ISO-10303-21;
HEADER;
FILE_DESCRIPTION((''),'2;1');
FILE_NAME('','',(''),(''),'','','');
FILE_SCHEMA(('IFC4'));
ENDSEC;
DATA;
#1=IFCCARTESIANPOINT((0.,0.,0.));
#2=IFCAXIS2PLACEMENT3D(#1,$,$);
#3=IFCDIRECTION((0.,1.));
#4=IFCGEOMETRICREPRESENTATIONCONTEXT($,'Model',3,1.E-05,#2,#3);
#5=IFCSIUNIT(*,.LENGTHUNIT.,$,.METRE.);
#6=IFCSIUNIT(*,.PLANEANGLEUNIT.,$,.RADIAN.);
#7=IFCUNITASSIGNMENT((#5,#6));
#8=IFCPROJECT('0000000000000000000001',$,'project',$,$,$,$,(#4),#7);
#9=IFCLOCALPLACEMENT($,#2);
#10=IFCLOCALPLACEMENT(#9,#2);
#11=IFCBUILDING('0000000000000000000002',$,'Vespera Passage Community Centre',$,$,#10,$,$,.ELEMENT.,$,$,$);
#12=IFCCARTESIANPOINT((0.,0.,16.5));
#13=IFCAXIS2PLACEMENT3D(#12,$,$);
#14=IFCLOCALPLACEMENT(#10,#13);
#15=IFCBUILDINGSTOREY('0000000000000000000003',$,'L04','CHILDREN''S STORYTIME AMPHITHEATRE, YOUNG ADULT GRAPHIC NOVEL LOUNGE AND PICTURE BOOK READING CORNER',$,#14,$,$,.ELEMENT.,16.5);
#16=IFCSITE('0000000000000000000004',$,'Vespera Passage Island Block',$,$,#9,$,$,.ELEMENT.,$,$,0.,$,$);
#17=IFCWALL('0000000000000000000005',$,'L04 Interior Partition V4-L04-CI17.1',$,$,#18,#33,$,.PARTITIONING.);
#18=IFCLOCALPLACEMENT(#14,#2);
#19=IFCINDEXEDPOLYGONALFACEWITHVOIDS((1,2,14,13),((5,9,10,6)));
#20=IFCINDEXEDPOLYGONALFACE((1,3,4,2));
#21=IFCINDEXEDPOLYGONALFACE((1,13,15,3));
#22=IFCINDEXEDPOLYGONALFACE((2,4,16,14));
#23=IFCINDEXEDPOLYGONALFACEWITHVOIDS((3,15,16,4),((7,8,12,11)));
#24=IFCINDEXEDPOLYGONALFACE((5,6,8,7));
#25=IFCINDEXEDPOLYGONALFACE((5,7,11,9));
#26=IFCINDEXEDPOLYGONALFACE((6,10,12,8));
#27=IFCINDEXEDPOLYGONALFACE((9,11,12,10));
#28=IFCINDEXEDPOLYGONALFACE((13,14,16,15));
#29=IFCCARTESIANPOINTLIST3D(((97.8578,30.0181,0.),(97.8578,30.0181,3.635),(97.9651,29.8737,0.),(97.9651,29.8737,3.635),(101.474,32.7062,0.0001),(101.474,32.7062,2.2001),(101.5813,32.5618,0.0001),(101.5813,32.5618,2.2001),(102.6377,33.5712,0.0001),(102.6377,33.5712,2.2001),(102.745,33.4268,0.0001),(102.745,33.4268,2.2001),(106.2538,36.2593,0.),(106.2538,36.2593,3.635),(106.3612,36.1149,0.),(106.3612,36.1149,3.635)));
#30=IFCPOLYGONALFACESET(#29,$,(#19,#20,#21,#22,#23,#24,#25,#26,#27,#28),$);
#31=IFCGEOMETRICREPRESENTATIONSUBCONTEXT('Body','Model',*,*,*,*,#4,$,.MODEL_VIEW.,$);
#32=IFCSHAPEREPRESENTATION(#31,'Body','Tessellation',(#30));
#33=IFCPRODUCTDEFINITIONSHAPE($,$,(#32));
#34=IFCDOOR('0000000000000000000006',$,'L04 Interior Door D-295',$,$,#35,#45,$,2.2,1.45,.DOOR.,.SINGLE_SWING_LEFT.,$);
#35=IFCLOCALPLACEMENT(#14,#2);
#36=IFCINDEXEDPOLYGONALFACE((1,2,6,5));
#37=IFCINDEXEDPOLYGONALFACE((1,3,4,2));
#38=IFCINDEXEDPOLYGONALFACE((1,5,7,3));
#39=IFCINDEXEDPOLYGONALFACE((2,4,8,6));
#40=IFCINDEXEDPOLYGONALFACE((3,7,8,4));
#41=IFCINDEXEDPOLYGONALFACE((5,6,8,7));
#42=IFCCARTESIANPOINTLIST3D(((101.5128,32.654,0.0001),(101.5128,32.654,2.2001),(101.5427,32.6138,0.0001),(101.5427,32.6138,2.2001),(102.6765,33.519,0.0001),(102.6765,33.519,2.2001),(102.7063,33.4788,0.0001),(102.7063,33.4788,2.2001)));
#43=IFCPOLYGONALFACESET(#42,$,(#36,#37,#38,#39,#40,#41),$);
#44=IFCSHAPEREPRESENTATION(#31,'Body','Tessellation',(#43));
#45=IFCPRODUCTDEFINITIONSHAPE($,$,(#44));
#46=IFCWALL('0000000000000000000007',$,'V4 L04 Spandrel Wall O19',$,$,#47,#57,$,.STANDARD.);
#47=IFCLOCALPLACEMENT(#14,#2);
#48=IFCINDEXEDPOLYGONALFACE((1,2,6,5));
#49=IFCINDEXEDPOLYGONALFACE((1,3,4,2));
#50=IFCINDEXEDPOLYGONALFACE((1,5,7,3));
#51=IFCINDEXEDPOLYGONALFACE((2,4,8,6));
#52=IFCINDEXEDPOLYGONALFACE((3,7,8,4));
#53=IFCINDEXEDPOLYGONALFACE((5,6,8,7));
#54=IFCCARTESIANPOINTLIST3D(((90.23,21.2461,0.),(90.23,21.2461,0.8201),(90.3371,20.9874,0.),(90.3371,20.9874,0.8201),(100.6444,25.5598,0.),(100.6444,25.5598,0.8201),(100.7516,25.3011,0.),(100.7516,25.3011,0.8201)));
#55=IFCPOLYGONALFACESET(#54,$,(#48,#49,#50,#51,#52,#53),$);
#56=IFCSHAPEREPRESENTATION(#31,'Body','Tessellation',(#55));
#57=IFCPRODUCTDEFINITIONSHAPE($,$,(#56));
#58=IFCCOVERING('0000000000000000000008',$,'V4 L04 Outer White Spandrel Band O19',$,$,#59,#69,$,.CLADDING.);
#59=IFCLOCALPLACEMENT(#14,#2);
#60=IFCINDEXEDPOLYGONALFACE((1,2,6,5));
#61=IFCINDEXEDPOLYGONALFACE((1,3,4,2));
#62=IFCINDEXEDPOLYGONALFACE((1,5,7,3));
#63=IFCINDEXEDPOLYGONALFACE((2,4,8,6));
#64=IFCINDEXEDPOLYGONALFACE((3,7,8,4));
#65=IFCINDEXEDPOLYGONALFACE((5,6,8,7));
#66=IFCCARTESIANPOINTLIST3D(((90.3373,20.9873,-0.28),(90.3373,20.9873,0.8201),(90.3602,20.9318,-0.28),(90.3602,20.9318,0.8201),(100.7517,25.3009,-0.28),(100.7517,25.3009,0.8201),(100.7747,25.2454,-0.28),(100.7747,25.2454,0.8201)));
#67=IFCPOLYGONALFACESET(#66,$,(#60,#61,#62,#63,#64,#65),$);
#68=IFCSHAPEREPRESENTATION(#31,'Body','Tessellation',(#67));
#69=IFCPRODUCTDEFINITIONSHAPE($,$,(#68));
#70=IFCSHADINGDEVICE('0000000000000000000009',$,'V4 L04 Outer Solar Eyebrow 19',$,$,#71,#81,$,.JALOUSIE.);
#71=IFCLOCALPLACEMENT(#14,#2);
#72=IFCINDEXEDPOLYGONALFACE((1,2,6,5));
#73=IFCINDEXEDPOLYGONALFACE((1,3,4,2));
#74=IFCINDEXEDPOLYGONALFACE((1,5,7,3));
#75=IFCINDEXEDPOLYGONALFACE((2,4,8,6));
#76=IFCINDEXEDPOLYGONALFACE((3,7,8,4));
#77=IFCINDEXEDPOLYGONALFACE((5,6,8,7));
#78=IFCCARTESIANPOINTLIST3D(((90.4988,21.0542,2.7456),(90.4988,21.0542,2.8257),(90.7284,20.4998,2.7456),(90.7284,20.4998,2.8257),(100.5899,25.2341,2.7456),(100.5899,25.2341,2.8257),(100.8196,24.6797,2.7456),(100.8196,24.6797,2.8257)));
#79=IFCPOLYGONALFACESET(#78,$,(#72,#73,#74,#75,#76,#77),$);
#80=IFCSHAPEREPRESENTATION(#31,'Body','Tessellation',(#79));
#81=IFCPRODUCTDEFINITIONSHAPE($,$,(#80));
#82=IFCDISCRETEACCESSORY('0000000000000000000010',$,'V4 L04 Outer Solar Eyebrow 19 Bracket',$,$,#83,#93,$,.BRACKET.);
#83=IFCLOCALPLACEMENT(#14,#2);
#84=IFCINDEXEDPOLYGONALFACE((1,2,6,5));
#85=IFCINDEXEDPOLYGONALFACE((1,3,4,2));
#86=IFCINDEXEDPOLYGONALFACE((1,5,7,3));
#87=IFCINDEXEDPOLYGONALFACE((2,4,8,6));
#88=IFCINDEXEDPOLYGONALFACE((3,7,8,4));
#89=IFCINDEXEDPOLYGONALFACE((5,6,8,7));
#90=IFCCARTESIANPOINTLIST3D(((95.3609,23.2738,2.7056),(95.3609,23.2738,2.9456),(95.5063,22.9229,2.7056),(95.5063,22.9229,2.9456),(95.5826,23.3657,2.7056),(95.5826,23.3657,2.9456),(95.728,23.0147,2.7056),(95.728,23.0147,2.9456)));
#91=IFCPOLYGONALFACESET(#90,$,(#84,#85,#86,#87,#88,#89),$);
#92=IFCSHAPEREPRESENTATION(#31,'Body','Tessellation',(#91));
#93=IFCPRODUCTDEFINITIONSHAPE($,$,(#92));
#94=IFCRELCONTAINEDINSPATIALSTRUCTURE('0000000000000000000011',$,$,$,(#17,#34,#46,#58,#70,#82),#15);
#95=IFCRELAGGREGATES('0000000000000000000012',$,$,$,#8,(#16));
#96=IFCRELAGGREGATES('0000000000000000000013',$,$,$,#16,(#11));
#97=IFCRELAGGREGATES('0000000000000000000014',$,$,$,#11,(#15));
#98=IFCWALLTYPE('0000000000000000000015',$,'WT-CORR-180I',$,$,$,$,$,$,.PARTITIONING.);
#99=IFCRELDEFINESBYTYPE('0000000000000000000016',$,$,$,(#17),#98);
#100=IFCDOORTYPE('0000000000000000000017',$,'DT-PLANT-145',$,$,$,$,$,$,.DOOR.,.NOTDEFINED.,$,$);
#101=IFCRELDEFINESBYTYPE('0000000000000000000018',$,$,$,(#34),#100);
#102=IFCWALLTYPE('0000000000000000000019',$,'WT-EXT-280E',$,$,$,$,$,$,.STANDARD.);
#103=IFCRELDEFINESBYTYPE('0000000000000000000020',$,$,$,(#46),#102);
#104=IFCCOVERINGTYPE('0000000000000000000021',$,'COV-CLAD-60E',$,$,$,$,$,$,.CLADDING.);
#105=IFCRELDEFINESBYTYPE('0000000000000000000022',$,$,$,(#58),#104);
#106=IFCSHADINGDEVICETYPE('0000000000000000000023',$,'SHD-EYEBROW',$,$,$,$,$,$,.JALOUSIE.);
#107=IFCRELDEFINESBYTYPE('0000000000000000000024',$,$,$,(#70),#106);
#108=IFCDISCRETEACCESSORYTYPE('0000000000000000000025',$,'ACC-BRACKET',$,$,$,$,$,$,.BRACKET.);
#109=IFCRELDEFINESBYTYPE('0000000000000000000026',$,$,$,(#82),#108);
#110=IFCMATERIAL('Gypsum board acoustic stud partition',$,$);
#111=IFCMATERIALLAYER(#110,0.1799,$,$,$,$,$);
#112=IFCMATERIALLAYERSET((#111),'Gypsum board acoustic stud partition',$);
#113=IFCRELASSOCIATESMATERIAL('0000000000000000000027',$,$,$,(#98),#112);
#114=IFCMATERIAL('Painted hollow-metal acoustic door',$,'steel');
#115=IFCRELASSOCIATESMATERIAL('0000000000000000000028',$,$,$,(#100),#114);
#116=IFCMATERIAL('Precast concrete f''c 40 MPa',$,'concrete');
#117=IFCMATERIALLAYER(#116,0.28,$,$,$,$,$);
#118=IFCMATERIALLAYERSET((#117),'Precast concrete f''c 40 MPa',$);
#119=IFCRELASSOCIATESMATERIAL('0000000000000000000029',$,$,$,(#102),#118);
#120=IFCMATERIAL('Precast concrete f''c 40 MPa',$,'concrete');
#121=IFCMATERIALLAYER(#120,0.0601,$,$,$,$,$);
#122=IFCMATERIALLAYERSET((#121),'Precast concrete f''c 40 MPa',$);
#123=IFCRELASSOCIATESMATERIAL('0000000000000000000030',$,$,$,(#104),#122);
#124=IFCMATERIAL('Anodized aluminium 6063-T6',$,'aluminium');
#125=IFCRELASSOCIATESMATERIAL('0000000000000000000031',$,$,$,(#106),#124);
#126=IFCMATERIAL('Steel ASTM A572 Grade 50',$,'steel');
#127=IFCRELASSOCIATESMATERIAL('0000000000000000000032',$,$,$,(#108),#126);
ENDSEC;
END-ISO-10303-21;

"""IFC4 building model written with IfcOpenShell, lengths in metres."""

from ifc_helpers import new_model, si_unit, direction, frame, frame_2d, origin, origin_2d, place, context, subcontext, project, spatial, rectangle, extrude, material, layer, layer_set, type_object, element, fill, save


model = new_model("IFC4")

# Units and contexts
model_context = context("Model", 3, precision=1e-05, world=origin(), true_north=direction((0.0, 1.0)))
body_context = subcontext(model_context, "Body", "Model", "MODEL_VIEW")
ifc_project = project(units=[si_unit("LENGTHUNIT", "METRE"), si_unit("PLANEANGLEUNIT", "RADIAN")], contexts=[model_context])

# Site, building, storey
site_placement = place(None, origin())
site = spatial("IfcSite", under=ifc_project, at=site_placement, Name="Vespera Passage Island Block", CompositionType="ELEMENT", RefElevation=0.0)
building_placement = place(site_placement, origin())
building = spatial("IfcBuilding", under=site, at=building_placement, Name="Vespera Passage Community Centre", CompositionType="ELEMENT")
storey_placement = place(building_placement, frame((0.0, 0.0, 16.5)))
storey = spatial("IfcBuildingStorey", under=building, at=storey_placement, Name="L04", Description="CHILDREN'S STORYTIME AMPHITHEATRE, YOUNG ADULT GRAPHIC NOVEL LOUNGE AND PICTURE BOOK READING CORNER", CompositionType="ELEMENT", Elevation=16.5)

# Wall, opening, door
ifc_material_1 = material(Name="Gypsum board acoustic stud partition")
ifc_layer_1 = layer(ifc_material_1, 0.1799)
ifc_layer_set_1 = layer_set([ifc_layer_1], Name="Gypsum board acoustic stud partition")
wall_type_1 = type_object("IfcWallType", Name="WT-CORR-180I", PredefinedType="PARTITIONING", material=ifc_layer_set_1)
wall_1_placement = place(storey_placement, frame((97.9114, 29.9458, 0.0), z_axis=(0.0, 0.0, 1.0), x_axis=(0.802552, 0.596582, 0.0)))
wall_1 = element("IfcWall", 1, at=wall_1_placement, inside=storey, type_object=wall_type_1, Name="L04 Interior Partition V4-L04-CI17.1", PredefinedType="PARTITIONING", context=body_context, shape_type="SweptSolid", body=[
    extrude(rectangle(XDim=10.4617, YDim=0.1799, at=frame_2d((5.231, 0.0))), origin(), (0.0, 0.0, 1.0), 3.635),
])
opening_1_placement = place(wall_1_placement, frame((4.5059, 0.0, 0.0)))
opening_1 = element("IfcOpeningElement", 2, at=opening_1_placement, cuts=wall_1, PredefinedType="OPENING", context=body_context, shape_type="SweptSolid", body=[
    extrude(rectangle(XDim=1.45, YDim=2.2, at=frame_2d((0.7251, 1.1001))), frame((0.0, 0.0999, 0.0), z_axis=(0.0, -1.0, 0.0), x_axis=(1.0, 0.0, 0.0)), (0.0, 0.0, 1.0), 0.2),
])
ifc_material_2 = material(Name="Painted hollow-metal acoustic door", Category="steel")
door_type_1 = type_object("IfcDoorType", Name="DT-PLANT-145", OperationType="NOTDEFINED", PredefinedType="DOOR", material=ifc_material_2)
door_1_placement = place(opening_1_placement, origin())
door_1 = element("IfcDoor", 3, at=door_1_placement, inside=storey, type_object=door_type_1, Name="L04 Interior Door D-295", OperationType="SINGLE_SWING_LEFT", OverallHeight=2.2, OverallWidth=1.45, PredefinedType="DOOR", context=body_context, shape_type="SweptSolid", body=[
    extrude(rectangle(XDim=1.45, YDim=2.2, at=frame_2d((0.7251, 1.1001))), frame((0.0, 0.0249, 0.0), z_axis=(0.0, -1.0, 0.0), x_axis=(1.0, 0.0, 0.0)), (0.0, 0.0, 1.0), 0.05),
])
fill(opening_1, door_1)

# Wall
ifc_material_3 = material(Name="Precast concrete f'c 40 MPa", Category="concrete")
ifc_layer_2 = layer(ifc_material_3, 0.28)
ifc_layer_set_2 = layer_set([ifc_layer_2], Name="Precast concrete f'c 40 MPa")
wall_type_2 = type_object("IfcWallType", Name="WT-EXT-280E", PredefinedType="STANDARD", material=ifc_layer_set_2)
wall_2_placement = place(storey_placement, frame((100.698, 25.4304, 0.0), z_axis=(0.0, 0.0, 1.0), x_axis=(-0.923884, -0.382674, 0.0)))
element("IfcWall", 4, at=wall_2_placement, inside=storey, type_object=wall_type_2, Name="V4 L04 Spandrel Wall O19", PredefinedType="STANDARD", context=body_context, shape_type="SweptSolid", body=[
    extrude(rectangle(XDim=11.2725, YDim=0.28, at=frame_2d((5.6362, 0.0))), origin(), (0.0, 0.0, 1.0), 0.8201),
])

# Covering
ifc_material_4 = material(Name="Precast concrete f'c 40 MPa", Category="concrete")
ifc_layer_3 = layer(ifc_material_4, 0.0601)
ifc_layer_set_3 = layer_set([ifc_layer_3], Name="Precast concrete f'c 40 MPa")
covering_type = type_object("IfcCoveringType", Name="COV-CLAD-60E", PredefinedType="CLADDING", material=ifc_layer_set_3)
covering_placement = place(storey_placement, frame((100.7632, 25.2732, -0.28), z_axis=(0.0, 0.0, 1.0), x_axis=(-0.923884, -0.382674, 0.0)))
element("IfcCovering", 5, at=covering_placement, inside=storey, type_object=covering_type, Name="V4 L04 Outer White Spandrel Band O19", PredefinedType="CLADDING", context=body_context, shape_type="SweptSolid", body=[
    extrude(rectangle(XDim=11.2725, YDim=0.0601, at=frame_2d((5.6362, 0.0))), origin(), (0.0, 0.0, 1.0), 1.1001),
])

# Shading device
ifc_material_5 = material(Name="Anodized aluminium 6063-T6", Category="aluminium")
shading_device_type = type_object("IfcShadingDeviceType", Name="SHD-EYEBROW", PredefinedType="JALOUSIE", material=ifc_material_5)
shading_device_placement = place(storey_placement, frame((95.6592, 22.8669, 2.7456), z_axis=(0.0, 0.0, 1.0), x_axis=(-0.92388, -0.382683, 0.0)))
element("IfcShadingDevice", 6, at=shading_device_placement, inside=storey, type_object=shading_device_type, Name="V4 L04 Outer Solar Eyebrow 19", PredefinedType="JALOUSIE", context=body_context, shape_type="SweptSolid", body=[
    extrude(rectangle(XDim=10.9226, YDim=0.6001, at=origin_2d()), origin(), (0.0, 0.0, 1.0), 0.0801),
])

# Discrete accessory
ifc_material_6 = material(Name="Steel ASTM A572 Grade 50", Category="steel")
discrete_accessory_type = type_object("IfcDiscreteAccessoryType", Name="ACC-BRACKET", PredefinedType="BRACKET", material=ifc_material_6)
discrete_accessory_placement = place(storey_placement, frame((95.5444, 23.1443, 2.7056), z_axis=(0.0, 0.0, 1.0), x_axis=(-0.92388, -0.382683, 0.0)))
element("IfcDiscreteAccessory", 7, at=discrete_accessory_placement, inside=storey, type_object=discrete_accessory_type, Name="V4 L04 Outer Solar Eyebrow 19 Bracket", PredefinedType="BRACKET", context=body_context, shape_type="SweptSolid", body=[
    extrude(rectangle(XDim=0.24, YDim=0.3799, at=origin_2d()), origin(), (0.0, 0.0, 1.0), 0.24),
])

save(model, "model.ifc")
